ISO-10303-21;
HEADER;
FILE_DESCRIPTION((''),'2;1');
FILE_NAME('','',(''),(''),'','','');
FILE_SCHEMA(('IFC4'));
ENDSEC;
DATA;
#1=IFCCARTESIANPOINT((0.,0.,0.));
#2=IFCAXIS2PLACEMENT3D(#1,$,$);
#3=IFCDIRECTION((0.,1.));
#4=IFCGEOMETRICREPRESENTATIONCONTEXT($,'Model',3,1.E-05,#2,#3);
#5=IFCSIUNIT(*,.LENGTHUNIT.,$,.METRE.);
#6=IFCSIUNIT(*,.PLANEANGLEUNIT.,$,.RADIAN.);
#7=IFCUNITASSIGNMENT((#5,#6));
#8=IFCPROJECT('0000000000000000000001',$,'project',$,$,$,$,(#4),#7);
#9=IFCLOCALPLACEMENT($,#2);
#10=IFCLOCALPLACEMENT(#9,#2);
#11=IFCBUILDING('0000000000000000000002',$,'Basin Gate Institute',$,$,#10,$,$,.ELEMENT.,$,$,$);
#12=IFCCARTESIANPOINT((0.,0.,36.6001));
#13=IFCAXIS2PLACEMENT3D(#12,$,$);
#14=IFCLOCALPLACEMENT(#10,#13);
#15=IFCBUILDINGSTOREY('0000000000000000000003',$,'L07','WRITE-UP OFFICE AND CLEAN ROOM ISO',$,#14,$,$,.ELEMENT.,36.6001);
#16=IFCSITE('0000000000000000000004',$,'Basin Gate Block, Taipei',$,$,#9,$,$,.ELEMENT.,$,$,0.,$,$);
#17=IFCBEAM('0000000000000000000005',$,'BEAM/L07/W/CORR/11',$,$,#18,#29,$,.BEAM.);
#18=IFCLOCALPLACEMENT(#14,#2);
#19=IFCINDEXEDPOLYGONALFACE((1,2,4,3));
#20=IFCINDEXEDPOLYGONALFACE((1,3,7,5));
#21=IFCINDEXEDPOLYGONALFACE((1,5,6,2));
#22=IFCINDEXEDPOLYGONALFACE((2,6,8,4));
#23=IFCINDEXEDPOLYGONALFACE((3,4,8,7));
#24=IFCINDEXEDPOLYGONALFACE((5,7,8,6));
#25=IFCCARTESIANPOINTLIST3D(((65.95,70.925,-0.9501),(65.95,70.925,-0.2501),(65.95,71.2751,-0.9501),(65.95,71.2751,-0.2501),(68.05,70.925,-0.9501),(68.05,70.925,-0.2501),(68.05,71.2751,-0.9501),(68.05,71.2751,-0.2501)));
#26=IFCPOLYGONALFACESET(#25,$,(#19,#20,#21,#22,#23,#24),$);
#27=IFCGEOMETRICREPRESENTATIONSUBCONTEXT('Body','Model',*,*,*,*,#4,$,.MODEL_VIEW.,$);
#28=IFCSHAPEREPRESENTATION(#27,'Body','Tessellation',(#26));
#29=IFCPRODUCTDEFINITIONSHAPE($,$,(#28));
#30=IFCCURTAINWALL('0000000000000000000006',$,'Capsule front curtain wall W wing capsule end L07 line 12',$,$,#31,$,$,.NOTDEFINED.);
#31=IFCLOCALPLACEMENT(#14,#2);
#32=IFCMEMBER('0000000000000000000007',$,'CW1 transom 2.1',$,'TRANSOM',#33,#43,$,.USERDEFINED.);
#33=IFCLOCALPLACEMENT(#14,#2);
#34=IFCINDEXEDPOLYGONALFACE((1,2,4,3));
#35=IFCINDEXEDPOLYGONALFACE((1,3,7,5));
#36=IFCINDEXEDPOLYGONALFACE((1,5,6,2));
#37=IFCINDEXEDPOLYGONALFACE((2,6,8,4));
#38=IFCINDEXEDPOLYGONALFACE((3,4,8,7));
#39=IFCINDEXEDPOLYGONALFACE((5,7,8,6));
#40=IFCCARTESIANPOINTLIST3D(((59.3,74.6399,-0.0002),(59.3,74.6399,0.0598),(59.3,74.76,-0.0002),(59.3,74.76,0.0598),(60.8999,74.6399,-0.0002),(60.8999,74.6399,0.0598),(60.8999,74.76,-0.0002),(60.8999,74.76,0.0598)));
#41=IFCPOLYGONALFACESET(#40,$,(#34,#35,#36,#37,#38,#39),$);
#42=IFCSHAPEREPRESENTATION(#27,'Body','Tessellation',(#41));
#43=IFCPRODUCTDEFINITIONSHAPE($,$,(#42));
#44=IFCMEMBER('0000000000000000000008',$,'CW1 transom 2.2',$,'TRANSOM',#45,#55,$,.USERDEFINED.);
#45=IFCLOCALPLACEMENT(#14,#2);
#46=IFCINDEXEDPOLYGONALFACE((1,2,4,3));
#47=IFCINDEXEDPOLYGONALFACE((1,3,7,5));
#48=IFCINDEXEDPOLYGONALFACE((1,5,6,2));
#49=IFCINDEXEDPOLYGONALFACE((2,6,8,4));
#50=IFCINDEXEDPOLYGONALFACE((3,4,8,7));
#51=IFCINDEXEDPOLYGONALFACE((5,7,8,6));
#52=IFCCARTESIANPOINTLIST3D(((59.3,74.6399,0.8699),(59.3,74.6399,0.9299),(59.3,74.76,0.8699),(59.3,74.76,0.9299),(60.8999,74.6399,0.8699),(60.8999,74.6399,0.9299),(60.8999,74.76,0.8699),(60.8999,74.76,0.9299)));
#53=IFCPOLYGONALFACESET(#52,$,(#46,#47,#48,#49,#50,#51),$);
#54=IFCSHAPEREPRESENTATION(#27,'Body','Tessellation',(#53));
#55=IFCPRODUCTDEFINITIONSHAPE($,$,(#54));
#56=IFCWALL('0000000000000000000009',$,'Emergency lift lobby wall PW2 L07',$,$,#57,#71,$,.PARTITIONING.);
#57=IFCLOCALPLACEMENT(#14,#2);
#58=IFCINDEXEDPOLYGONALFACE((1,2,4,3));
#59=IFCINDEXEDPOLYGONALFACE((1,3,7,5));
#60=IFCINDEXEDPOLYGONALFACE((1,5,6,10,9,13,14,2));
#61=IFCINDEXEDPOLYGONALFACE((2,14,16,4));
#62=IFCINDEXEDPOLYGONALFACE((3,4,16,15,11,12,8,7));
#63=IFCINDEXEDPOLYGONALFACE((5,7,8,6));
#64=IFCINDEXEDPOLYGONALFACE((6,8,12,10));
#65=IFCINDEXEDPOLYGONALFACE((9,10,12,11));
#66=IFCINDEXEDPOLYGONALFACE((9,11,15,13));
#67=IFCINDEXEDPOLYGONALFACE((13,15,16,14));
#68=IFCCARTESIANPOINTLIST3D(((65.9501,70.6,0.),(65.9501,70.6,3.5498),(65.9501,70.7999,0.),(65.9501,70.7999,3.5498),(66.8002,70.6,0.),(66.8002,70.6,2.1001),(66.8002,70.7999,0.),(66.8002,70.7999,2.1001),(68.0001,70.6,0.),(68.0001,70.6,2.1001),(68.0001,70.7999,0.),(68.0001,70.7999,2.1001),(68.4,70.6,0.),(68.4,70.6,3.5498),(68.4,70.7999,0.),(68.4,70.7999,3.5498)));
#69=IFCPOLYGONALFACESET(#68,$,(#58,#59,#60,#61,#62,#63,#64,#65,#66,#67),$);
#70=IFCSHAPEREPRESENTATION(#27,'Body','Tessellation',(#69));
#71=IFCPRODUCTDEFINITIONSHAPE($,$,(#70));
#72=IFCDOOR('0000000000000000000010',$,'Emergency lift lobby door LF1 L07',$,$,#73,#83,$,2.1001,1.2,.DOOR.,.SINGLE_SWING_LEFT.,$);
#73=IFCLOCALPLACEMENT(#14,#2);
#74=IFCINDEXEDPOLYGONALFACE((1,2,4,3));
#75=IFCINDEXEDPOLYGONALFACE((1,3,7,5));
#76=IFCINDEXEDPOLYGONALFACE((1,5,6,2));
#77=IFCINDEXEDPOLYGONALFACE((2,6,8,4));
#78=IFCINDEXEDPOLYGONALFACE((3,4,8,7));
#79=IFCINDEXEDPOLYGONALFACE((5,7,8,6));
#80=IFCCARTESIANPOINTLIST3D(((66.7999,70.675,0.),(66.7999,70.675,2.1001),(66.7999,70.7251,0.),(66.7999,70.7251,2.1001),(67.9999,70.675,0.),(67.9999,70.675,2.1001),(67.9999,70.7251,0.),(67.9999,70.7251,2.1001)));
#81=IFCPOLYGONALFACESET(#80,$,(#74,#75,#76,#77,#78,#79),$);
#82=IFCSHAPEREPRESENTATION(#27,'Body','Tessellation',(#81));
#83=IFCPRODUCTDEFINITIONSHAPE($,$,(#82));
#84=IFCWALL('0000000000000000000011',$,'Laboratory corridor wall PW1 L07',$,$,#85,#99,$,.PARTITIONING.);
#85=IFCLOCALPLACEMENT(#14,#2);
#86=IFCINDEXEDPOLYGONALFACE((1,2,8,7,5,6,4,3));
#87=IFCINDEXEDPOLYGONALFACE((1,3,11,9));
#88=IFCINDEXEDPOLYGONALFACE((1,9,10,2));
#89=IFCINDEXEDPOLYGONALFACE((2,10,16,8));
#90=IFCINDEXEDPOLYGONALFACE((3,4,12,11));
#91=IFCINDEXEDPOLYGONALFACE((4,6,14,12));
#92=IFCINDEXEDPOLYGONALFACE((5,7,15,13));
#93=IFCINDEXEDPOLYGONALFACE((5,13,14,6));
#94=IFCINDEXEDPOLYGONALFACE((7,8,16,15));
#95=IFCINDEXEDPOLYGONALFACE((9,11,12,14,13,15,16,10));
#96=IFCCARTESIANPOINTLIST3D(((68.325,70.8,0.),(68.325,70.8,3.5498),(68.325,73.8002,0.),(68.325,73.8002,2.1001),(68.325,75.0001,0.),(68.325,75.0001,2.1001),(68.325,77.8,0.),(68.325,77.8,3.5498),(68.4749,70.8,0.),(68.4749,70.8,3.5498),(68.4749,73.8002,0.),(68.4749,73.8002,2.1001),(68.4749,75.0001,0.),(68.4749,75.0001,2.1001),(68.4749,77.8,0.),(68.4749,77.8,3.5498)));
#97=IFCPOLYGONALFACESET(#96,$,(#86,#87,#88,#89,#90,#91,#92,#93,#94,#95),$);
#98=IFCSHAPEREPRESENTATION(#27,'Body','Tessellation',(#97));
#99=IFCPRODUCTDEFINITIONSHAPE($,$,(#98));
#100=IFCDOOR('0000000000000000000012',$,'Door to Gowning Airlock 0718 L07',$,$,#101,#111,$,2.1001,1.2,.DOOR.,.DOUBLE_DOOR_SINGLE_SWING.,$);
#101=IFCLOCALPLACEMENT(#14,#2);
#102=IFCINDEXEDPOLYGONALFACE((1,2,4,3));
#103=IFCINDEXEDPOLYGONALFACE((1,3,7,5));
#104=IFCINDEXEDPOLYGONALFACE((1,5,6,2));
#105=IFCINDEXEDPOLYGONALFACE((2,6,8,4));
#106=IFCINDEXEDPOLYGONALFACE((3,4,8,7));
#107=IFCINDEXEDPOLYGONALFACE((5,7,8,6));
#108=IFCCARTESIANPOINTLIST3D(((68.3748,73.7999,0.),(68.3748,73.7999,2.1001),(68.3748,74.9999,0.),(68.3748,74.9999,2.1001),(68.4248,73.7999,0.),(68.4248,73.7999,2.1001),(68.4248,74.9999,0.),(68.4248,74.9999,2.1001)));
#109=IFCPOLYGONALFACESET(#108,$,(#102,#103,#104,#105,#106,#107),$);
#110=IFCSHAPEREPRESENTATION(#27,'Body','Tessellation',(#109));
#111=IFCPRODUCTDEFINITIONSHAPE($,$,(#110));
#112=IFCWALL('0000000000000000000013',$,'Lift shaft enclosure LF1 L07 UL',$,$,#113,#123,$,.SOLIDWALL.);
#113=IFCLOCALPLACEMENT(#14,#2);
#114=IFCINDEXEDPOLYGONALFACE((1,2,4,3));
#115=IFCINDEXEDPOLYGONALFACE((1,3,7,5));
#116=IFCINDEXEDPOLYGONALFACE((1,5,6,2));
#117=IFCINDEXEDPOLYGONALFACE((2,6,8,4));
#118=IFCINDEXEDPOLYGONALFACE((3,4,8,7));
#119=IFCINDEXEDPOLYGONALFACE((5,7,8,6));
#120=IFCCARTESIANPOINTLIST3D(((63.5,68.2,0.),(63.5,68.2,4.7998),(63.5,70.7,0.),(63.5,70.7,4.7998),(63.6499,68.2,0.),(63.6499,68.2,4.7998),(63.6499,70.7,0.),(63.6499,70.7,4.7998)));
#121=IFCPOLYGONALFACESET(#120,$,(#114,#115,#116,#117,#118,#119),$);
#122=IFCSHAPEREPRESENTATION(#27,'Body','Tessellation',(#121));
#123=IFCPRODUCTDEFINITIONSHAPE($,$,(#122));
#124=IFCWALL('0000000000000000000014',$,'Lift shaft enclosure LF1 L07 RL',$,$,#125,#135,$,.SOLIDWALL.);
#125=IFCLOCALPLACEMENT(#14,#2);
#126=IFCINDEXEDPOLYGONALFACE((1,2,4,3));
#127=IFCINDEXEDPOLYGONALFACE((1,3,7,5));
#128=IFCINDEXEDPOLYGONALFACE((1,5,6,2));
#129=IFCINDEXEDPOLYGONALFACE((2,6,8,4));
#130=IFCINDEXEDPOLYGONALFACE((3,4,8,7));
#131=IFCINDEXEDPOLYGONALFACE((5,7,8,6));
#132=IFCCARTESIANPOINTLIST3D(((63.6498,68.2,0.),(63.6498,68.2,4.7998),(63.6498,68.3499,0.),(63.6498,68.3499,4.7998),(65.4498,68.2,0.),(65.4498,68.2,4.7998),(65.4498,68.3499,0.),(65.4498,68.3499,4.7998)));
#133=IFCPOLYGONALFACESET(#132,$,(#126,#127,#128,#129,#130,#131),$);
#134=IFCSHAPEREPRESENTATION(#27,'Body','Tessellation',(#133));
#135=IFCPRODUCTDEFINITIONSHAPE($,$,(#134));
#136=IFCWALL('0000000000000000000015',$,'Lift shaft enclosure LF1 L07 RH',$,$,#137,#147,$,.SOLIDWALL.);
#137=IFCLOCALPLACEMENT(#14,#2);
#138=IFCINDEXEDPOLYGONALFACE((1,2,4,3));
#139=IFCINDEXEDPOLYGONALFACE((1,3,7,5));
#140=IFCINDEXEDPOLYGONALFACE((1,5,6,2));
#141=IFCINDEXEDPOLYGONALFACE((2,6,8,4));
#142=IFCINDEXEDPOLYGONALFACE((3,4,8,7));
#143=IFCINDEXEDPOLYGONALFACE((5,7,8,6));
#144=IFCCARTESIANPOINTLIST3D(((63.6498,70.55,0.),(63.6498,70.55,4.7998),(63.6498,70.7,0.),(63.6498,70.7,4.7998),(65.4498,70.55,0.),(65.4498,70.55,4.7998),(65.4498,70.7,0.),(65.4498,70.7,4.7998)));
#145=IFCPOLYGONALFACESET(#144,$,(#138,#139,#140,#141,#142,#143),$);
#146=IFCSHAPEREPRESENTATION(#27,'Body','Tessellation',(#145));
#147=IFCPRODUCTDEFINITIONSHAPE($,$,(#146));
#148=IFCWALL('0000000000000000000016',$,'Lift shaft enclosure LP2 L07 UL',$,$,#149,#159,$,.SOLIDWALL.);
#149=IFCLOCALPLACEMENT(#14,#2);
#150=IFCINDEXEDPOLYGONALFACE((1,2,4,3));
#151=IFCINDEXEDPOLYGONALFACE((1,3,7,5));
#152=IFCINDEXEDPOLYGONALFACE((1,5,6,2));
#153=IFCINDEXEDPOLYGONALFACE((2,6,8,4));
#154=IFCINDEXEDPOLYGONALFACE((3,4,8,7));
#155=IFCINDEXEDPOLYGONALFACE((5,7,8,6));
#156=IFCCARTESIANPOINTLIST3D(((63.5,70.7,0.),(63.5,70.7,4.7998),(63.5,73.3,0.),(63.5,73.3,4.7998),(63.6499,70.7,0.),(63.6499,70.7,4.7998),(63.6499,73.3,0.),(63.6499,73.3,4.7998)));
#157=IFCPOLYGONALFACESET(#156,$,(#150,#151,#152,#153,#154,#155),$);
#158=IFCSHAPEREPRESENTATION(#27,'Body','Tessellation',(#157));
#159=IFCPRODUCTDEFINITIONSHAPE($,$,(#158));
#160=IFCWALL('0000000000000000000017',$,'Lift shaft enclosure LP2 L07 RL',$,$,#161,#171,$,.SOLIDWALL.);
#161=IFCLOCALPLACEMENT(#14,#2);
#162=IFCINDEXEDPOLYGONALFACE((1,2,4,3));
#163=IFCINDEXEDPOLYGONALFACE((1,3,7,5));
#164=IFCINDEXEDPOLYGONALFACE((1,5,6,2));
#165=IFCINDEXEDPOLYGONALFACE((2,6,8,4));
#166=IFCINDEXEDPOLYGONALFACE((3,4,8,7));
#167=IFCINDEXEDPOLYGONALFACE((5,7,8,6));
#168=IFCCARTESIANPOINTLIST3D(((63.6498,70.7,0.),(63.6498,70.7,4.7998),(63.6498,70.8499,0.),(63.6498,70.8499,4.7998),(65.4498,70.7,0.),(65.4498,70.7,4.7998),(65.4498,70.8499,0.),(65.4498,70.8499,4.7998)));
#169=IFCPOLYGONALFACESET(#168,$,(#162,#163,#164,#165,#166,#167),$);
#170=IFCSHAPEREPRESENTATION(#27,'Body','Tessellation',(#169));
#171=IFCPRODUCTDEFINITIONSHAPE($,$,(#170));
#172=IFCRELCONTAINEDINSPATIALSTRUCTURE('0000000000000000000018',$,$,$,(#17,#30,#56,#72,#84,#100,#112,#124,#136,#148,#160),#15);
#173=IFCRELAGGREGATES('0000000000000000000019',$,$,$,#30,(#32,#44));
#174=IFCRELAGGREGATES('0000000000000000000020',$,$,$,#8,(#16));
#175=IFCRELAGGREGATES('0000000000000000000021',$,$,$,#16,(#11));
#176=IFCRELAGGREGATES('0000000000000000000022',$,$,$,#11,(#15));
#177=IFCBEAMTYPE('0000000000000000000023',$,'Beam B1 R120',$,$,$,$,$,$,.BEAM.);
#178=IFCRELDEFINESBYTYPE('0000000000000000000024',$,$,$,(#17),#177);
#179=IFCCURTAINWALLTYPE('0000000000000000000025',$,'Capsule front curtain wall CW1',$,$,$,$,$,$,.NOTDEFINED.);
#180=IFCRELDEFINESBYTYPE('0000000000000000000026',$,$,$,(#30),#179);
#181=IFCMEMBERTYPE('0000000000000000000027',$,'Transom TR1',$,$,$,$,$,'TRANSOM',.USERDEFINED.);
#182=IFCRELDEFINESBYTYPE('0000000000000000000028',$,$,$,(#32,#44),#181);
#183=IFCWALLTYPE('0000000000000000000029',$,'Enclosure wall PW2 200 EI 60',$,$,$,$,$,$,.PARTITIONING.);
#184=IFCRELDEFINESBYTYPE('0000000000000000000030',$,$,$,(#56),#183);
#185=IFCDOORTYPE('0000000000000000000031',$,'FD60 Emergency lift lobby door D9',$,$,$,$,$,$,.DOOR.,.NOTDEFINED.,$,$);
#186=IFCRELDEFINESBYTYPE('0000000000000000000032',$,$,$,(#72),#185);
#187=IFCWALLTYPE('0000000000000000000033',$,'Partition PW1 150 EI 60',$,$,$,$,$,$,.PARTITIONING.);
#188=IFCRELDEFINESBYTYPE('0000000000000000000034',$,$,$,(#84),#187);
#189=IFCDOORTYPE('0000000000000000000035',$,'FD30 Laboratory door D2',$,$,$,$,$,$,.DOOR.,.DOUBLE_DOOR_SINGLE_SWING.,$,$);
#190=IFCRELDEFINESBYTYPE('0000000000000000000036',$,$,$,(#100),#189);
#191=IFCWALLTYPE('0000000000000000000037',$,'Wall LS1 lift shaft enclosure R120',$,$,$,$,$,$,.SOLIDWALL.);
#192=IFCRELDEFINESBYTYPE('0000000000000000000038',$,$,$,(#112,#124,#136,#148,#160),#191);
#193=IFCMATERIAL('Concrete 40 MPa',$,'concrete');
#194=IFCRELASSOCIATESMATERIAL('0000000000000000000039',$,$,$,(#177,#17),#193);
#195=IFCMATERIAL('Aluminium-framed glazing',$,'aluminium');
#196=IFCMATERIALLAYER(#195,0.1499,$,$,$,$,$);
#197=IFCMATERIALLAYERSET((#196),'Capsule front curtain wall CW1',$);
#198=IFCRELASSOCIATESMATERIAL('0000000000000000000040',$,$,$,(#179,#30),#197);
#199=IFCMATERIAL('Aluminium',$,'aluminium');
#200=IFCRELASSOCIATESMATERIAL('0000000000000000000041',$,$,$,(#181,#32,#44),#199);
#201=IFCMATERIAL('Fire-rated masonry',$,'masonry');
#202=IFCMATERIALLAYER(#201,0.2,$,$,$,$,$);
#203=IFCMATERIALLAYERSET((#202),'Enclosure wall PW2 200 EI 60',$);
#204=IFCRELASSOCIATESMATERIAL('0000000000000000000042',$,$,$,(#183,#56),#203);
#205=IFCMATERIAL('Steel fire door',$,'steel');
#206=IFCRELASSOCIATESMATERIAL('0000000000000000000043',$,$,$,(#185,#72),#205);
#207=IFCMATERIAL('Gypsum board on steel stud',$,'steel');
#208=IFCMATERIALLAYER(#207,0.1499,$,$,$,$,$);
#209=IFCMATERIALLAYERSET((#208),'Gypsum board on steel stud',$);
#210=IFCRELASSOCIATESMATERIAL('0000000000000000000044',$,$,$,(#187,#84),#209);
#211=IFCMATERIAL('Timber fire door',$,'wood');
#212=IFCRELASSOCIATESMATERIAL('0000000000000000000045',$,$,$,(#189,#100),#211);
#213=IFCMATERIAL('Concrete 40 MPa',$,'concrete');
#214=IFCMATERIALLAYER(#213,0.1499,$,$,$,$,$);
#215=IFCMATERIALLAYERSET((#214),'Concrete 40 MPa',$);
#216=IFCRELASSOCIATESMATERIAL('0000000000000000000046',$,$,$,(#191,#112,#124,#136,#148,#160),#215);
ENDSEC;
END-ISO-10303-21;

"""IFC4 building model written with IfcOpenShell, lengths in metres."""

from ifc_helpers import new_model, si_unit, direction, frame, frame_2d, origin, origin_2d, place, context, subcontext, project, spatial, rectangle, extrude, material, layer, layer_set, material_profile, profile_set, type_object, element, fill, aggregate, save


model = new_model("IFC4")

# Units and contexts
model_context = context("Model", 3, precision=1e-05, world=origin(), true_north=direction((0.0, 1.0)))
body_context = subcontext(model_context, "Body", "Model", "MODEL_VIEW")
ifc_project = project(units=[si_unit("LENGTHUNIT", "METRE"), si_unit("PLANEANGLEUNIT", "RADIAN")], contexts=[model_context])

# Site, building, storey
site_placement = place(None, origin())
site = spatial("IfcSite", under=ifc_project, at=site_placement, Name="Basin Gate Block, Taipei", CompositionType="ELEMENT", RefElevation=0.0)
building_placement = place(site_placement, origin())
building = spatial("IfcBuilding", under=site, at=building_placement, Name="Basin Gate Institute", CompositionType="ELEMENT")
storey_placement = place(building_placement, frame((0.0, 0.0, 36.6001)))
storey = spatial("IfcBuildingStorey", under=building, at=storey_placement, Name="L07", Description="WRITE-UP OFFICE AND CLEAN ROOM ISO", CompositionType="ELEMENT", Elevation=36.6001)

# Beam
ifc_material_1 = material(Name="Concrete 40 MPa", Category="concrete")
ifc_material_profile_1 = material_profile(ifc_material_1, rectangle(XDim=0.3501, YDim=0.7, at=origin_2d()), Name="Beam B1 350 x 700")
ifc_profile_set_1 = profile_set([ifc_material_profile_1], Name="Concrete 40 MPa")
beam_type = type_object("IfcBeamType", Name="Beam B1 R120", PredefinedType="BEAM", material=ifc_profile_set_1)
beam_placement = place(storey_placement, frame((65.95, 71.1001, -0.6001), z_axis=(1.0, 0.0, 0.0), x_axis=(0.0, 1.0, 0.0)))
element("IfcBeam", 1, at=beam_placement, inside=storey, type_object=beam_type, material=ifc_profile_set_1, Name="BEAM/L07/W/CORR/11", PredefinedType="BEAM", context=body_context, shape_type="SweptSolid", body=[
    extrude(rectangle(XDim=0.3501, YDim=0.7, at=origin_2d()), origin(), (0.0, 0.0, 1.0), 2.1001),
])

# Curtain wall, members
ifc_material_2 = material(Name="Aluminium-framed glazing", Category="aluminium")
ifc_layer_1 = layer(ifc_material_2, 0.1499)
ifc_layer_set_1 = layer_set([ifc_layer_1], Name="Capsule front curtain wall CW1")
curtain_wall_type = type_object("IfcCurtainWallType", Name="Capsule front curtain wall CW1", PredefinedType="NOTDEFINED", material=ifc_layer_set_1)
curtain_wall_placement = place(storey_placement, origin())
curtain_wall = element("IfcCurtainWall", 2, at=curtain_wall_placement, inside=storey, type_object=curtain_wall_type, material=ifc_layer_set_1, Name="Capsule front curtain wall W wing capsule end L07 line 12", PredefinedType="NOTDEFINED")
ifc_material_3 = material(Name="Aluminium", Category="aluminium")
ifc_material_profile_2 = material_profile(ifc_material_3, rectangle(XDim=0.1201, YDim=0.0601, at=origin_2d()), Name="Transom TR1 120 x 60")
ifc_profile_set_2 = profile_set([ifc_material_profile_2], Name="Aluminium")
member_type = type_object("IfcMemberType", Name="Transom TR1", ElementType="TRANSOM", PredefinedType="USERDEFINED", material=ifc_profile_set_2)
member_1_placement = place(storey_placement, frame((59.3, 74.7, 0.0298), z_axis=(1.0, 0.0, 0.0), x_axis=(0.0, 1.0, 0.0)))
member_1 = element("IfcMember", 3, at=member_1_placement, type_object=member_type, material=ifc_profile_set_2, Name="CW1 transom 2.1", ObjectType="TRANSOM", PredefinedType="USERDEFINED", context=body_context, shape_type="SweptSolid", body=[
    extrude(rectangle(XDim=0.1201, YDim=0.0601, at=origin_2d()), origin(), (0.0, 0.0, 1.0), 1.5999),
])
member_2_placement = place(storey_placement, frame((59.3, 74.7, 0.8999), z_axis=(1.0, 0.0, 0.0), x_axis=(0.0, 1.0, 0.0)))
member_2 = element("IfcMember", 4, at=member_2_placement, type_object=member_type, material=ifc_profile_set_2, Name="CW1 transom 2.2", ObjectType="TRANSOM", PredefinedType="USERDEFINED", context=body_context, shape_type="SweptSolid", body=[
    extrude(rectangle(XDim=0.1201, YDim=0.0601, at=origin_2d()), origin(), (0.0, 0.0, 1.0), 1.5999),
])
aggregate(curtain_wall, [member_1, member_2])

# Walls, openings, doors
ifc_material_4 = material(Name="Fire-rated masonry", Category="masonry")
ifc_layer_2 = layer(ifc_material_4, 0.2)
ifc_layer_set_2 = layer_set([ifc_layer_2], Name="Enclosure wall PW2 200 EI 60")
wall_type_1 = type_object("IfcWallType", Name="Enclosure wall PW2 200 EI 60", PredefinedType="PARTITIONING", material=ifc_layer_set_2)
wall_1_placement = place(storey_placement, frame((65.95, 70.7, 0.0), z_axis=(0.0, 0.0, 1.0), x_axis=(1.0, 0.0, 0.0)))
wall_1 = element("IfcWall", 5, at=wall_1_placement, inside=storey, type_object=wall_type_1, material=ifc_layer_set_2, Name="Emergency lift lobby wall PW2 L07", PredefinedType="PARTITIONING", context=body_context, shape_type="SweptSolid", body=[
    extrude(rectangle(XDim=2.45, YDim=0.2, at=frame_2d((1.2251, 0.0))), origin(), (0.0, 0.0, 1.0), 3.5498),
])
opening_1_placement = place(wall_1_placement, frame((0.8501, 0.0, 0.0)))
opening_1 = element("IfcOpeningElement", 6, at=opening_1_placement, cuts=wall_1, PredefinedType="OPENING", context=body_context, shape_type="SweptSolid", body=[
    extrude(rectangle(XDim=1.2, YDim=2.1001, at=frame_2d((0.6001, 1.05))), frame((0.0, 0.1099, 0.0), z_axis=(0.0, -1.0, 0.0), x_axis=(1.0, 0.0, 0.0)), (0.0, 0.0, 1.0), 0.22),
])
ifc_material_5 = material(Name="Steel fire door", Category="steel")
door_type_1 = type_object("IfcDoorType", Name="FD60 Emergency lift lobby door D9", OperationType="NOTDEFINED", PredefinedType="DOOR", material=ifc_material_5)
door_1_placement = place(opening_1_placement, frame((1.2, 0.0, 0.0), z_axis=(0.0, 0.0, 1.0), x_axis=(-1.0, 0.0, 0.0)))
door_1 = element("IfcDoor", 7, at=door_1_placement, inside=storey, type_object=door_type_1, material=ifc_material_5, Name="Emergency lift lobby door LF1 L07", OperationType="SINGLE_SWING_LEFT", OverallHeight=2.1001, OverallWidth=1.2, PredefinedType="DOOR", context=body_context, shape_type="SweptSolid", body=[
    extrude(rectangle(XDim=1.2, YDim=2.1001, at=frame_2d((0.6001, 1.05))), frame((0.0, 0.0249, 0.0), z_axis=(0.0, -1.0, 0.0), x_axis=(1.0, 0.0, 0.0)), (0.0, 0.0, 1.0), 0.05),
])
fill(opening_1, door_1)
ifc_material_6 = material(Name="Gypsum board on steel stud", Category="steel")
ifc_layer_3 = layer(ifc_material_6, 0.1499)
ifc_layer_set_3 = layer_set([ifc_layer_3], Name="Gypsum board on steel stud")
wall_type_2 = type_object("IfcWallType", Name="Partition PW1 150 EI 60", PredefinedType="PARTITIONING", material=ifc_layer_set_3)
wall_2_placement = place(storey_placement, frame((68.3999, 70.8, 0.0), z_axis=(0.0, 0.0, 1.0), x_axis=(0.0, 1.0, 0.0)))
wall_2 = element("IfcWall", 8, at=wall_2_placement, inside=storey, type_object=wall_type_2, material=ifc_layer_set_3, Name="Laboratory corridor wall PW1 L07", PredefinedType="PARTITIONING", context=body_context, shape_type="SweptSolid", body=[
    extrude(rectangle(XDim=7.0, YDim=0.1499, at=frame_2d((3.5, 0.0))), origin(), (0.0, 0.0, 1.0), 3.5498),
])
opening_2_placement = place(wall_2_placement, frame((3.0, 0.0, 0.0)))
opening_2 = element("IfcOpeningElement", 9, at=opening_2_placement, cuts=wall_2, PredefinedType="OPENING", context=body_context, shape_type="SweptSolid", body=[
    extrude(rectangle(XDim=1.2, YDim=2.1001, at=frame_2d((0.6001, 1.05))), frame((0.0, 0.085, 0.0), z_axis=(0.0, -1.0, 0.0), x_axis=(1.0, 0.0, 0.0)), (0.0, 0.0, 1.0), 0.1699),
])
ifc_material_7 = material(Name="Timber fire door", Category="wood")
door_type_2 = type_object("IfcDoorType", Name="FD30 Laboratory door D2", OperationType="DOUBLE_DOOR_SINGLE_SWING", PredefinedType="DOOR", material=ifc_material_7)
door_2_placement = place(opening_2_placement, frame((1.2, 0.0, 0.0), z_axis=(0.0, 0.0, 1.0), x_axis=(-1.0, 0.0, 0.0)))
door_2 = element("IfcDoor", 10, at=door_2_placement, inside=storey, type_object=door_type_2, material=ifc_material_7, Name="Door to Gowning Airlock 0718 L07", OperationType="DOUBLE_DOOR_SINGLE_SWING", OverallHeight=2.1001, OverallWidth=1.2, PredefinedType="DOOR", context=body_context, shape_type="SweptSolid", body=[
    extrude(rectangle(XDim=1.2, YDim=2.1001, at=frame_2d((0.6001, 1.05))), frame((0.0, 0.0249, 0.0), z_axis=(0.0, -1.0, 0.0), x_axis=(1.0, 0.0, 0.0)), (0.0, 0.0, 1.0), 0.05),
])
fill(opening_2, door_2)

# Walls
ifc_material_8 = material(Name="Concrete 40 MPa", Category="concrete")
ifc_layer_4 = layer(ifc_material_8, 0.1499)
ifc_layer_set_4 = layer_set([ifc_layer_4], Name="Concrete 40 MPa")
wall_type_3 = type_object("IfcWallType", Name="Wall LS1 lift shaft enclosure R120", PredefinedType="SOLIDWALL", material=ifc_layer_set_4)
wall_3_placement = place(storey_placement, frame((63.575, 68.2, 0.0), z_axis=(0.0, 0.0, 1.0), x_axis=(0.0, 1.0, 0.0)))
element("IfcWall", 11, at=wall_3_placement, inside=storey, type_object=wall_type_3, material=ifc_layer_set_4, Name="Lift shaft enclosure LF1 L07 UL", PredefinedType="SOLIDWALL", context=body_context, shape_type="SweptSolid", body=[
    extrude(rectangle(XDim=2.5, YDim=0.1499, at=frame_2d((1.25, 0.0))), origin(), (0.0, 0.0, 1.0), 4.7998),
])
for number, where, z_axis, x_axis, name in (
    (12, (63.6499, 68.2749, 0.0), (0.0, 0.0, 1.0), (1.0, 0.0, 0.0), "Lift shaft enclosure LF1 L07 RL"),
    (13, (63.6499, 70.625, 0.0), (0.0, 0.0, 1.0), (1.0, 0.0, 0.0), "Lift shaft enclosure LF1 L07 RH"),
):
    element("IfcWall", number, at=place(storey_placement, frame(where, z_axis=z_axis, x_axis=x_axis)), inside=storey, type_object=wall_type_3, material=ifc_layer_set_4, Name=name, PredefinedType="SOLIDWALL", context=body_context, shape_type="SweptSolid", body=[
        extrude(rectangle(XDim=1.8, YDim=0.1499, at=frame_2d((0.8999, 0.0))), origin(), (0.0, 0.0, 1.0), 4.7998),
    ])
wall_4_placement = place(storey_placement, frame((63.575, 70.7, 0.0), z_axis=(0.0, 0.0, 1.0), x_axis=(0.0, 1.0, 0.0)))
element("IfcWall", 14, at=wall_4_placement, inside=storey, type_object=wall_type_3, material=ifc_layer_set_4, Name="Lift shaft enclosure LP2 L07 UL", PredefinedType="SOLIDWALL", context=body_context, shape_type="SweptSolid", body=[
    extrude(rectangle(XDim=2.6001, YDim=0.1499, at=frame_2d((1.3, 0.0))), origin(), (0.0, 0.0, 1.0), 4.7998),
])
for number, where, z_axis, x_axis, name in (
    (15, (63.6499, 70.7749, 0.0), (0.0, 0.0, 1.0), (1.0, 0.0, 0.0), "Lift shaft enclosure LP2 L07 RL"),
):
    element("IfcWall", number, at=place(storey_placement, frame(where, z_axis=z_axis, x_axis=x_axis)), inside=storey, type_object=wall_type_3, material=ifc_layer_set_4, Name=name, PredefinedType="SOLIDWALL", context=body_context, shape_type="SweptSolid", body=[
        extrude(rectangle(XDim=1.8, YDim=0.1499, at=frame_2d((0.8999, 0.0))), origin(), (0.0, 0.0, 1.0), 4.7998),
    ])

save(model, "model.ifc")
